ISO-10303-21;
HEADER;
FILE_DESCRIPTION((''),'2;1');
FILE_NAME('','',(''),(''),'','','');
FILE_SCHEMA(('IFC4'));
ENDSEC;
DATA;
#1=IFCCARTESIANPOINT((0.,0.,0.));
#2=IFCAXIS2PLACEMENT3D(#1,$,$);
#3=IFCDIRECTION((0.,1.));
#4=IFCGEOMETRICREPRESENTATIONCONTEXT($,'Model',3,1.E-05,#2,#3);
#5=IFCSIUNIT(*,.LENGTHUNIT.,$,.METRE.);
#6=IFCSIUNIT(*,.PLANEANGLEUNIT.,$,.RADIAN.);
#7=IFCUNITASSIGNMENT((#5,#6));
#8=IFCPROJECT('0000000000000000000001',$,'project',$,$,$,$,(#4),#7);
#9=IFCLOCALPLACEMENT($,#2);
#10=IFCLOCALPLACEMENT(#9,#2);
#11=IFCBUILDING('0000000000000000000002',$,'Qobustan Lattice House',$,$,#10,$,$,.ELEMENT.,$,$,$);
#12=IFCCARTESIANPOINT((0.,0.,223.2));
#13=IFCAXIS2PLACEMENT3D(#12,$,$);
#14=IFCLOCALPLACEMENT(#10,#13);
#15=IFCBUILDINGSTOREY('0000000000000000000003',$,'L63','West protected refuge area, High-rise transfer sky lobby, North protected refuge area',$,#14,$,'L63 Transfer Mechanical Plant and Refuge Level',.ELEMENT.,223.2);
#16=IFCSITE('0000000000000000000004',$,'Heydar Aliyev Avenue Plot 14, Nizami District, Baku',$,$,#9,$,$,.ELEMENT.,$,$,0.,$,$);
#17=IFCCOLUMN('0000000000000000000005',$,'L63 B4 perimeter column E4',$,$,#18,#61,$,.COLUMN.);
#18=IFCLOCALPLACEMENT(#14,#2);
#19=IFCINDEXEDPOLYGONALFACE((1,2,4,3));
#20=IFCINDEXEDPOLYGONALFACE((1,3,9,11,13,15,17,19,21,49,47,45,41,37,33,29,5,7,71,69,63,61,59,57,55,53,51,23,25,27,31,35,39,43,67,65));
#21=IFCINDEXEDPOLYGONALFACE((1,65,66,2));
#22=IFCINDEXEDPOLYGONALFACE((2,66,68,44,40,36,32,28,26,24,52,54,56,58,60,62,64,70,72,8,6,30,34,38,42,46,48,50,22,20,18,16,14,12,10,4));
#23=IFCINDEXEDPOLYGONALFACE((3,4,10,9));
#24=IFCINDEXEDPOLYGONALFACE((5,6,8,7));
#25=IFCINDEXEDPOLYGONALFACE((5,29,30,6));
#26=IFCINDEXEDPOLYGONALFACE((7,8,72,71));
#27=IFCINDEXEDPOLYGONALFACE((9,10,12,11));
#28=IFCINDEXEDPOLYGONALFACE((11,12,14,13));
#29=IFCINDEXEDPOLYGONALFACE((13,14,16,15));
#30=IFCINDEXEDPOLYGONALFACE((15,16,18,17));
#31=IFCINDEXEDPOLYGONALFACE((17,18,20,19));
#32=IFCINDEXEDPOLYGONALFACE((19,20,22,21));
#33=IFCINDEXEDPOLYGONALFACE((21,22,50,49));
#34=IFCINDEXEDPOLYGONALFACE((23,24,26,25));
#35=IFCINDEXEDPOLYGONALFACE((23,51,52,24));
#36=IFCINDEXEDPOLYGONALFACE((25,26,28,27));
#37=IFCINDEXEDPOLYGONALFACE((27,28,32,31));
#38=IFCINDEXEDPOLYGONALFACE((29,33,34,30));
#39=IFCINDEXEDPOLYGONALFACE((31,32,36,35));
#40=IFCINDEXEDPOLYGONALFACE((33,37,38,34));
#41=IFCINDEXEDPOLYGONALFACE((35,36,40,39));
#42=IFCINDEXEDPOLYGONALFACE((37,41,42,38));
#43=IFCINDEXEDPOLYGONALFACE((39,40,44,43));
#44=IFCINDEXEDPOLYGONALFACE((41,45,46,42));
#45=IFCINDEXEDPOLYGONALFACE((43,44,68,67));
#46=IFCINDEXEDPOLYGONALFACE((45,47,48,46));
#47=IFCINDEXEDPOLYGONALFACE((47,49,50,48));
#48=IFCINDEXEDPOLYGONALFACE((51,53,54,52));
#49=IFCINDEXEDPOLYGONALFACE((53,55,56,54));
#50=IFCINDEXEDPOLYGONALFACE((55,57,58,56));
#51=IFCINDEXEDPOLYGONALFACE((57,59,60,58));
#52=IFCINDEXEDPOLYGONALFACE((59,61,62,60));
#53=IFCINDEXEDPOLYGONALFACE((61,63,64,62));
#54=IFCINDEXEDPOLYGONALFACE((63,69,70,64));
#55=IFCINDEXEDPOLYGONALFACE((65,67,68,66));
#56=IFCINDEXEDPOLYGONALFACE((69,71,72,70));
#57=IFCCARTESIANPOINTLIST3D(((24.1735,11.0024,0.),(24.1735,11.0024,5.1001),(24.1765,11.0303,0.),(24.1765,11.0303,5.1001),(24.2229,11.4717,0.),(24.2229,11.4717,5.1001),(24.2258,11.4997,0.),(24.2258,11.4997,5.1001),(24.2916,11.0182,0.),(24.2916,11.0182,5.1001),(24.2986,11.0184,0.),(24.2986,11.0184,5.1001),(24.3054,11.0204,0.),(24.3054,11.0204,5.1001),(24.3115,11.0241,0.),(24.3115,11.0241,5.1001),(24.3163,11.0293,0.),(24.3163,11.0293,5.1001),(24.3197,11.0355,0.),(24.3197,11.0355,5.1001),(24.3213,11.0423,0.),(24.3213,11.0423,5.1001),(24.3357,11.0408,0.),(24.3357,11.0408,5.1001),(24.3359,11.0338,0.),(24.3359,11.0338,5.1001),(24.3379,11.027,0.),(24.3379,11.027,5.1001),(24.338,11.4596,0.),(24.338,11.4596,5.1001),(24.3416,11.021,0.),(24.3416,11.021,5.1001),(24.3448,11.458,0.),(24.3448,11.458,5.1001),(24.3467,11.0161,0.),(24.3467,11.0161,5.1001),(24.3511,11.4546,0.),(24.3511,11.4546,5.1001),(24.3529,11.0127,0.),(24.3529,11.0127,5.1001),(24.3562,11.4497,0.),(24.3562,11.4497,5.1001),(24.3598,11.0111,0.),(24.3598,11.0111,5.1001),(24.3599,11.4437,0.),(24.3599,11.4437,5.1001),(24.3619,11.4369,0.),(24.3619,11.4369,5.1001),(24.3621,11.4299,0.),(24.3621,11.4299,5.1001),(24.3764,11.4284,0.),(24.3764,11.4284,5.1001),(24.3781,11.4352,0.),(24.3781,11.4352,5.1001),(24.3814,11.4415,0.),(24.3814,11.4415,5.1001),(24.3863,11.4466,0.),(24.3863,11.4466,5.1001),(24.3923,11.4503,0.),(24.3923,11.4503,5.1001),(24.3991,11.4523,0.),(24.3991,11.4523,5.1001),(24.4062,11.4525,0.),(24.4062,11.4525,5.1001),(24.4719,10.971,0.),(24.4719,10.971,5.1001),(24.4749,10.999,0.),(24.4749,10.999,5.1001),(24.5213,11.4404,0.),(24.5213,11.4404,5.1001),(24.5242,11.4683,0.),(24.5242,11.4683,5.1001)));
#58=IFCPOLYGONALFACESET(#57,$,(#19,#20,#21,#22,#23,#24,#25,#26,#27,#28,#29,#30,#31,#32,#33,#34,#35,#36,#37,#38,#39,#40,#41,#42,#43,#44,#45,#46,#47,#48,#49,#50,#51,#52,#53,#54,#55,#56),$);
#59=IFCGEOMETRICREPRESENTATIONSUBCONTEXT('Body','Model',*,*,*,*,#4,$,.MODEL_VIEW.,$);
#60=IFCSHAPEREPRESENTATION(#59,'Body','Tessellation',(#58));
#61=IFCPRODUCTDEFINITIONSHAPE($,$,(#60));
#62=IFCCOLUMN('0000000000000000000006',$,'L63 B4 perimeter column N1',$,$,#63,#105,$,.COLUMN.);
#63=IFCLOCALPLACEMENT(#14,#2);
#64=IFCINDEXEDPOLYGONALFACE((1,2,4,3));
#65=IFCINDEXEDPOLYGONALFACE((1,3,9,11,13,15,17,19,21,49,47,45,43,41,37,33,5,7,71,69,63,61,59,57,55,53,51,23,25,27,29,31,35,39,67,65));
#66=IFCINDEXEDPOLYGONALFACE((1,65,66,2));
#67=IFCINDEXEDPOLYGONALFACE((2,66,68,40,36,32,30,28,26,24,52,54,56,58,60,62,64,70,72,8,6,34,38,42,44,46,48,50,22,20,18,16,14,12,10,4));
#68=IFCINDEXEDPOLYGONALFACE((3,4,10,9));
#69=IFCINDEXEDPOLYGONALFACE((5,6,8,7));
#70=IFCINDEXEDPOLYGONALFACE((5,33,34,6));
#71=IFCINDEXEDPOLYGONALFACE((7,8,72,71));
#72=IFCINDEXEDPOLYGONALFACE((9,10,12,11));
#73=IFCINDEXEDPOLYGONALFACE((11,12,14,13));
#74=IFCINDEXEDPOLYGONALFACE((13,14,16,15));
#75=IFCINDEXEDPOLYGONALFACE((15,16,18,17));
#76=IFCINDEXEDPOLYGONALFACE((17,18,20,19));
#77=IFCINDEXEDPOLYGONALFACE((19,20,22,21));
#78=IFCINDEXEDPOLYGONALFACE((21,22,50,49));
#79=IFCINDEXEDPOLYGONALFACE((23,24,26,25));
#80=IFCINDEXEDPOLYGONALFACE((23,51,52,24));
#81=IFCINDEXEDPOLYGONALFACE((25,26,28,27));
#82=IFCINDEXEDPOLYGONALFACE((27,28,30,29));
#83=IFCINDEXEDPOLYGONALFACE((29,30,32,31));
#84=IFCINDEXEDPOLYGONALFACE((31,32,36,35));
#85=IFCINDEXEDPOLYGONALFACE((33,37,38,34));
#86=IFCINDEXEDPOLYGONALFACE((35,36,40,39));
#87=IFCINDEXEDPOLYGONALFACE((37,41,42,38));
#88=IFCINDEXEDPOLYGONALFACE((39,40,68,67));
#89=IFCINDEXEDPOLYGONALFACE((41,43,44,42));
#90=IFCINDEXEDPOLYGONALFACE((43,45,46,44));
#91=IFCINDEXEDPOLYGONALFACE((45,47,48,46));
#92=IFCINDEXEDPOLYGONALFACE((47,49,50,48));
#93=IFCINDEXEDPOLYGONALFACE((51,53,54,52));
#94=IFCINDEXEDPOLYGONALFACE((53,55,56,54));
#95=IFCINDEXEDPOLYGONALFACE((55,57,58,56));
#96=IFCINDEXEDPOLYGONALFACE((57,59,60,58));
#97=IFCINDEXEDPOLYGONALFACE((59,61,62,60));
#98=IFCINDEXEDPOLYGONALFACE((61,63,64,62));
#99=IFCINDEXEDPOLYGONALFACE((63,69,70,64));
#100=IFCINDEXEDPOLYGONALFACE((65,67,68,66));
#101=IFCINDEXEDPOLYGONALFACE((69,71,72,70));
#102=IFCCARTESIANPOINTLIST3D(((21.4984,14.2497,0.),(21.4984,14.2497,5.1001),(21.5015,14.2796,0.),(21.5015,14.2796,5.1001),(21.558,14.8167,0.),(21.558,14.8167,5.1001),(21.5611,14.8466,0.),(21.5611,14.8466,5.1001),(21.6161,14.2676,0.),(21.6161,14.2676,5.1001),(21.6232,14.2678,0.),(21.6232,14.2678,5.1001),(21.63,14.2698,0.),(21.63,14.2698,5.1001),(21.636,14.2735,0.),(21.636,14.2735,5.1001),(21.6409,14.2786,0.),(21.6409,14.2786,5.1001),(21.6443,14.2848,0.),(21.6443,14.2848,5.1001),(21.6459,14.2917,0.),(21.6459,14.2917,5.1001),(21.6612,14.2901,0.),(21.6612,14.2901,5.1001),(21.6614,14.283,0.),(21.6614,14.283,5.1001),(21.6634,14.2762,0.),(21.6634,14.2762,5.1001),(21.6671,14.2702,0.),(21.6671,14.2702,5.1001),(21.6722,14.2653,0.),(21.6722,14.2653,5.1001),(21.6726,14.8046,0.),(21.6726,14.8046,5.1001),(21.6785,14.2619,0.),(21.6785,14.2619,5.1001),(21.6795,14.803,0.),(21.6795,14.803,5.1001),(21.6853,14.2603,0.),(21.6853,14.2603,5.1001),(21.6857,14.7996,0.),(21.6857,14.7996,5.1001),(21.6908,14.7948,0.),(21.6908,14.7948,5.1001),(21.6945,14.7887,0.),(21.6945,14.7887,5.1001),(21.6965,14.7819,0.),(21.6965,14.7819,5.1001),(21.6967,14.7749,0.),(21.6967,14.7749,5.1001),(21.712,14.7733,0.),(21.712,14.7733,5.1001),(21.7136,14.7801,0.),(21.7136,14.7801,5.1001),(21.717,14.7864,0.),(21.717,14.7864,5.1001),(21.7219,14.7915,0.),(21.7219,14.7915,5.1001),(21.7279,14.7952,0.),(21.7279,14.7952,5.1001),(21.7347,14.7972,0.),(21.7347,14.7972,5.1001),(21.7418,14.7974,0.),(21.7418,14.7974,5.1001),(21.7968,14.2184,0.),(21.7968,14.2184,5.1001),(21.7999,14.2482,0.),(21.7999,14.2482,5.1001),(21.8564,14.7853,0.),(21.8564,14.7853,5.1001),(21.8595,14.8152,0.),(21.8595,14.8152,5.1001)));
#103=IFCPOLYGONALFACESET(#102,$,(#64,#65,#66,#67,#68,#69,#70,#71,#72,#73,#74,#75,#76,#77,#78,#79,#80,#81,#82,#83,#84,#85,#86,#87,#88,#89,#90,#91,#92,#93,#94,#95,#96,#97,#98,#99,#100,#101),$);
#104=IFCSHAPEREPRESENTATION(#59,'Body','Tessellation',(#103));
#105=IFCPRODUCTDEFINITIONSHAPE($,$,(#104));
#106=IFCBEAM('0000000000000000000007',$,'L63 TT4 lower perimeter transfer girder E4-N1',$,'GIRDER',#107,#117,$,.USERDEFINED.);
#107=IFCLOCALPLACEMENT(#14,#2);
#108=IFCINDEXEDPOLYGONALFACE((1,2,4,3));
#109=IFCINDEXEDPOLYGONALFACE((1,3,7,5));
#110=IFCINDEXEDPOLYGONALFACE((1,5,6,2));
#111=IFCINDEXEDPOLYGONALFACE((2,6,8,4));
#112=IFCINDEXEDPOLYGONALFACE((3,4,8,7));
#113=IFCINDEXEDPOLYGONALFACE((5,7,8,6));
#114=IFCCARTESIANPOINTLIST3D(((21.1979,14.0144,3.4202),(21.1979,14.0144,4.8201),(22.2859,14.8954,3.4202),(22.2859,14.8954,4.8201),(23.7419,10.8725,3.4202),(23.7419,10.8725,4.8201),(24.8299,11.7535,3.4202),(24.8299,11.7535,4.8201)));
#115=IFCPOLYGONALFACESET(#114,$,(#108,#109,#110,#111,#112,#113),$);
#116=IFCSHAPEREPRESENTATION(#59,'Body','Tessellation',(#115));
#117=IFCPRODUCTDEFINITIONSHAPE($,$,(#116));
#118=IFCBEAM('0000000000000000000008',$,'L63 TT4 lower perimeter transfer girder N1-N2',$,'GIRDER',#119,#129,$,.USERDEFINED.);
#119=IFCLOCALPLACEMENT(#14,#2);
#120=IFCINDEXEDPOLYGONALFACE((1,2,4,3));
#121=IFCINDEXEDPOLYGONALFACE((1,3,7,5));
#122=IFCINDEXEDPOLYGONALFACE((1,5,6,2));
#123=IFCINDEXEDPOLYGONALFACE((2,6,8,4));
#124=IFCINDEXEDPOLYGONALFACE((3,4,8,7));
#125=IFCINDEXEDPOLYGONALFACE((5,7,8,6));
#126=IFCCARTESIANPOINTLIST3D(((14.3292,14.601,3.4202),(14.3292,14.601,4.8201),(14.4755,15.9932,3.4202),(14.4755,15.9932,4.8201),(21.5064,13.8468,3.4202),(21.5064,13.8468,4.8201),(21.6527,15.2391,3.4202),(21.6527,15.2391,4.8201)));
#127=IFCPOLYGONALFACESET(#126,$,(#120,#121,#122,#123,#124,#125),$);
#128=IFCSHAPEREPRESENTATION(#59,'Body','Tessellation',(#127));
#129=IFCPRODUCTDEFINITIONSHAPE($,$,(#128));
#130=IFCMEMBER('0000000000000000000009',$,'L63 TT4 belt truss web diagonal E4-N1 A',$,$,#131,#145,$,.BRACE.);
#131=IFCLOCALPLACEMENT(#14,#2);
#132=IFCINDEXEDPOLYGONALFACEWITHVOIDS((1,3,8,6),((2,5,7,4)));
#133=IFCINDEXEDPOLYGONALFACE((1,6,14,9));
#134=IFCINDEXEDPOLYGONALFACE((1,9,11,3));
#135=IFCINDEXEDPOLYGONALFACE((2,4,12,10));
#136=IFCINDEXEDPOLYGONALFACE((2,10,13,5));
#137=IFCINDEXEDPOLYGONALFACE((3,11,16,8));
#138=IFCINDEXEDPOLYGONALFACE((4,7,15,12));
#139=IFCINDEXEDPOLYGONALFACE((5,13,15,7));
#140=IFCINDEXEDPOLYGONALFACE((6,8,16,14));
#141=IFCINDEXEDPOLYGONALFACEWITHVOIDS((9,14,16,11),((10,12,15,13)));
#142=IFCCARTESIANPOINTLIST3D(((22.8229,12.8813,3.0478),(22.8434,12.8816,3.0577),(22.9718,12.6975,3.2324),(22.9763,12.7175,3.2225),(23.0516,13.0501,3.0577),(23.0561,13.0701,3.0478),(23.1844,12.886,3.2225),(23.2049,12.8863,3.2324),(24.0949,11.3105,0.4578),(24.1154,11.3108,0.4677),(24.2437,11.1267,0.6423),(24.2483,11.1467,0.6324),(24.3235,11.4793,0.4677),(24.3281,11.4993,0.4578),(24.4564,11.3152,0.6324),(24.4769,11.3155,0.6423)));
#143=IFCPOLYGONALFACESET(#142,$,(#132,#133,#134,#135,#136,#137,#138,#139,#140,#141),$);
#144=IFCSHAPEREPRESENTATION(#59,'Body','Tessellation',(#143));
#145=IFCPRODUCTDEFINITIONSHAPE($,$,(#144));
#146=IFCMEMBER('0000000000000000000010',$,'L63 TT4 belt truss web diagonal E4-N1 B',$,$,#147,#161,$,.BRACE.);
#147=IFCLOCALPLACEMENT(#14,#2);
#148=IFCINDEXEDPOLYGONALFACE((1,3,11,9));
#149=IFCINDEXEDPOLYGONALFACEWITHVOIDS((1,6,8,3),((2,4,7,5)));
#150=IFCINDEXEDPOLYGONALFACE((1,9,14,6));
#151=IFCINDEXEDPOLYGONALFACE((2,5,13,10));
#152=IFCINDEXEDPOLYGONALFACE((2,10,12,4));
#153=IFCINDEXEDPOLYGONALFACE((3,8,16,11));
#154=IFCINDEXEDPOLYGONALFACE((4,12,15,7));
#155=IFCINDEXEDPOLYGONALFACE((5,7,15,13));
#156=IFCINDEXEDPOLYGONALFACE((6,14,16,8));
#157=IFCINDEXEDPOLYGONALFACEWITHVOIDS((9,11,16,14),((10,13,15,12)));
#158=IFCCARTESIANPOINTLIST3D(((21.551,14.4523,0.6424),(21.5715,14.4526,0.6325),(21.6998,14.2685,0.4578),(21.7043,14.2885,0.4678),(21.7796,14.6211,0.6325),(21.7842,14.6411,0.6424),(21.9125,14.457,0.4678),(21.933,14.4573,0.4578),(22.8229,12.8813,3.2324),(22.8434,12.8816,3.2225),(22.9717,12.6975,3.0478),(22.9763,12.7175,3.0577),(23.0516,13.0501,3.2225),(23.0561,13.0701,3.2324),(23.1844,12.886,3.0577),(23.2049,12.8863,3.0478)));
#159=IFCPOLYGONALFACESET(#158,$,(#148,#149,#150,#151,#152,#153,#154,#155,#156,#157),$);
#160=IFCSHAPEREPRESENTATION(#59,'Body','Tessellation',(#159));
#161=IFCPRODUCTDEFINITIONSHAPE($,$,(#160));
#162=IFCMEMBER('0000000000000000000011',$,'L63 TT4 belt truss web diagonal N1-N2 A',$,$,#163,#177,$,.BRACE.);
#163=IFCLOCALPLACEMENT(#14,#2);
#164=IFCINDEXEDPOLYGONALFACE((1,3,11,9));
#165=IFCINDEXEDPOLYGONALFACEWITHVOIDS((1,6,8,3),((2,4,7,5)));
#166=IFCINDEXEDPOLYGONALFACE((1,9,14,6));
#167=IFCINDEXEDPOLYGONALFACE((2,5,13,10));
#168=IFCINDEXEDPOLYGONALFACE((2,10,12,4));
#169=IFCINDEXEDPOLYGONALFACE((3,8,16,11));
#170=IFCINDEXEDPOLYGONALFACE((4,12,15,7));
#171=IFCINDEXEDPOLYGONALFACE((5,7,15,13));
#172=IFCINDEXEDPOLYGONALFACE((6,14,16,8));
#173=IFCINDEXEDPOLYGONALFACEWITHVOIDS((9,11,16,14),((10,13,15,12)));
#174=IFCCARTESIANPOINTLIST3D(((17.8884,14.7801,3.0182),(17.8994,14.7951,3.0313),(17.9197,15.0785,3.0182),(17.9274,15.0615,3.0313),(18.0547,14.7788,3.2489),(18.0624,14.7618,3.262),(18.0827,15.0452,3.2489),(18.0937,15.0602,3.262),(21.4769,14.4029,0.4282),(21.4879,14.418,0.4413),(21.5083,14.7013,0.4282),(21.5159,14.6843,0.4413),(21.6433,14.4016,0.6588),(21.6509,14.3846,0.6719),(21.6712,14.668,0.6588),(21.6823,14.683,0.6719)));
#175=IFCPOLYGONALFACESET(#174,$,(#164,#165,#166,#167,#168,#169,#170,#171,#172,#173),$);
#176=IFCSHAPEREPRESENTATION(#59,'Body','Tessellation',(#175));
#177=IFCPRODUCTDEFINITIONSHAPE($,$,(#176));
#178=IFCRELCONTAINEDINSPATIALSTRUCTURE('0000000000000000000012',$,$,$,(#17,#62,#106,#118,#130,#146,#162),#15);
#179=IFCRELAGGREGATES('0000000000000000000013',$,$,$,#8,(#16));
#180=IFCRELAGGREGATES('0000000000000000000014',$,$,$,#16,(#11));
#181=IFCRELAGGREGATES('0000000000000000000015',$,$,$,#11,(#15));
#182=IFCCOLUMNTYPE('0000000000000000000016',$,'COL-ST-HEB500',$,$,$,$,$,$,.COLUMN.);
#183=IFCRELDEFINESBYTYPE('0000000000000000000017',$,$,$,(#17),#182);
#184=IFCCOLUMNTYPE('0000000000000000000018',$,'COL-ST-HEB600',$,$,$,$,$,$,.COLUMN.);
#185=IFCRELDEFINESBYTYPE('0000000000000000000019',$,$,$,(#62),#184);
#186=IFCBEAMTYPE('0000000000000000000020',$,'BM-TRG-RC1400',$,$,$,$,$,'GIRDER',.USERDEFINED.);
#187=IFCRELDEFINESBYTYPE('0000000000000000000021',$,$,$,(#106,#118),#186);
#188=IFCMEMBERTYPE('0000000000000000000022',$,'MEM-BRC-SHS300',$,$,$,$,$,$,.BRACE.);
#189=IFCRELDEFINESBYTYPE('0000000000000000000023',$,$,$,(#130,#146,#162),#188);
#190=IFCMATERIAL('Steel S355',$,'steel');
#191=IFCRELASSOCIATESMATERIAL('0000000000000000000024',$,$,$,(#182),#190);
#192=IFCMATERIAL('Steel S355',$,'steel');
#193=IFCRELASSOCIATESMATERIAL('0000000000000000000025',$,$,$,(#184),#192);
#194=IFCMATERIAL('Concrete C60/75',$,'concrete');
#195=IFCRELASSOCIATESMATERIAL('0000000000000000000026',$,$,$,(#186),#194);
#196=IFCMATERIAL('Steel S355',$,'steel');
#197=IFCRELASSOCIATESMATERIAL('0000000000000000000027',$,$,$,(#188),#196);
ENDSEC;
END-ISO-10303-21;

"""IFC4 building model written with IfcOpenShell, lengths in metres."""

from ifc_helpers import new_model, si_unit, direction, frame, origin, origin_2d, place, context, subcontext, project, spatial, rectangle, hollow_rectangle, i_section, extrude, material, material_profile, profile_set, type_object, element, save


model = new_model("IFC4")

# Units and contexts
model_context = context("Model", 3, precision=1e-05, world=origin(), true_north=direction((0.0, 1.0)))
body_context = subcontext(model_context, "Body", "Model", "MODEL_VIEW")
ifc_project = project(units=[si_unit("LENGTHUNIT", "METRE"), si_unit("PLANEANGLEUNIT", "RADIAN")], contexts=[model_context])

# Site, building, storey
site_placement = place(None, origin())
site = spatial("IfcSite", under=ifc_project, at=site_placement, Name="Heydar Aliyev Avenue Plot 14, Nizami District, Baku", CompositionType="ELEMENT", RefElevation=0.0)
building_placement = place(site_placement, origin())
building = spatial("IfcBuilding", under=site, at=building_placement, Name="Qobustan Lattice House", CompositionType="ELEMENT")
storey_placement = place(building_placement, frame((0.0, 0.0, 223.2)))
storey = spatial("IfcBuildingStorey", under=building, at=storey_placement, Name="L63", Description="West protected refuge area, High-rise transfer sky lobby, North protected refuge area", LongName="L63 Transfer Mechanical Plant and Refuge Level", CompositionType="ELEMENT", Elevation=223.2)

# Columns
ifc_material_1 = material(Name="Steel S355", Category="steel")
ifc_material_profile_1 = material_profile(ifc_material_1, i_section(OverallWidth=0.3, OverallDepth=0.5, WebThickness=0.0144, FlangeThickness=0.0281, FilletRadius=0.0271, at=origin_2d()), Name="HEB500")
ifc_profile_set_1 = profile_set([ifc_material_profile_1], Name="Steel S355")
column_type_1 = type_object("IfcColumnType", Name="COL-ST-HEB500", PredefinedType="COLUMN", material=ifc_profile_set_1)
column_1_placement = place(storey_placement, frame((24.3489, 11.2354, 0.0), z_axis=(0.0, 0.0, 1.0), x_axis=(0.994522, -0.104528, 0.0)))
element("IfcColumn", 1, at=column_1_placement, inside=storey, type_object=column_type_1, Name="L63 B4 perimeter column E4", PredefinedType="COLUMN", context=body_context, shape_type="SweptSolid", body=[
    extrude(i_section(OverallWidth=0.3, OverallDepth=0.5, WebThickness=0.0144, FlangeThickness=0.0281, FilletRadius=0.0271, at=origin_2d()), origin(), (0.0, 0.0, 1.0), 5.1001),
])
ifc_material_2 = material(Name="Steel S355", Category="steel")
ifc_material_profile_2 = material_profile(ifc_material_2, i_section(OverallWidth=0.3, OverallDepth=0.6001, WebThickness=0.0154, FlangeThickness=0.03, FilletRadius=0.0271, at=origin_2d()), Name="HEB600")
ifc_profile_set_2 = profile_set([ifc_material_profile_2], Name="Steel S355")
column_type_2 = type_object("IfcColumnType", Name="COL-ST-HEB600", PredefinedType="COLUMN", material=ifc_profile_set_2)
column_2_placement = place(storey_placement, frame((21.679, 14.5325, 0.0), z_axis=(0.0, 0.0, 1.0), x_axis=(0.994522, -0.104528, 0.0)))
element("IfcColumn", 2, at=column_2_placement, inside=storey, type_object=column_type_2, Name="L63 B4 perimeter column N1", PredefinedType="COLUMN", context=body_context, shape_type="SweptSolid", body=[
    extrude(i_section(OverallWidth=0.3, OverallDepth=0.6001, WebThickness=0.0154, FlangeThickness=0.03, FilletRadius=0.0271, at=origin_2d()), origin(), (0.0, 0.0, 1.0), 5.1001),
])

# Beams
ifc_material_3 = material(Name="Concrete C60/75", Category="concrete")
ifc_material_profile_3 = material_profile(ifc_material_3, rectangle(XDim=1.3999, YDim=1.3999, at=origin_2d()), Name="RC1400x1400")
ifc_profile_set_3 = profile_set([ifc_material_profile_3], Name="Concrete C60/75")
beam_type = type_object("IfcBeamType", Name="BM-TRG-RC1400", ElementType="GIRDER", PredefinedType="USERDEFINED", material=ifc_profile_set_3)
beam_1_placement = place(storey_placement, frame((24.2859, 11.313, 4.1201), z_axis=(-0.62928, 0.777179, 0.0), x_axis=(-0.777179, -0.62928, 0.0)))
element("IfcBeam", 3, at=beam_1_placement, inside=storey, type_object=beam_type, Name="L63 TT4 lower perimeter transfer girder E4-N1", ObjectType="GIRDER", PredefinedType="USERDEFINED", context=body_context, shape_type="SweptSolid", body=[
    extrude(rectangle(XDim=1.3999, YDim=1.3999, at=origin_2d()), origin(), (0.0, 0.0, 1.0), 4.0427),
])
beam_2_placement = place(storey_placement, frame((21.5796, 14.543, 4.1201), z_axis=(-0.994525, 0.1045, 0.0), x_axis=(-0.1045, -0.994525, 0.0)))
element("IfcBeam", 4, at=beam_2_placement, inside=storey, type_object=beam_type, Name="L63 TT4 lower perimeter transfer girder N1-N2", ObjectType="GIRDER", PredefinedType="USERDEFINED", context=body_context, shape_type="SweptSolid", body=[
    extrude(rectangle(XDim=1.3999, YDim=1.3999, at=origin_2d()), origin(), (0.0, 0.0, 1.0), 7.2168),
])

# Members
ifc_material_4 = material(Name="Steel S355", Category="steel")
ifc_material_profile_4 = material_profile(ifc_material_4, hollow_rectangle(XDim=0.3, YDim=0.3, WallThickness=0.0161, at=origin_2d()), Name="SHS300x300x16")
ifc_profile_set_4 = profile_set([ifc_material_profile_4], Name="Steel S355")
member_type_1 = type_object("IfcMemberType", Name="MEM-BRC-SHS300", PredefinedType="BRACE", material=ifc_profile_set_4)
for number, where, z_axis, x_axis, name in (
    (5, (24.2859, 11.313, 0.55), (-0.387159, 0.478115, 0.788362), (-0.777155, -0.629309, 0.0), "L63 TT4 belt truss web diagonal E4-N1 A"),
    (6, (23.0139, 12.8838, 3.1401), (-0.387145, 0.478172, -0.788334), (-0.777203, -0.62925, 0.0), "L63 TT4 belt truss web diagonal E4-N1 B"),
):
    element("IfcMember", number, at=place(storey_placement, frame(where, z_axis=z_axis, x_axis=x_axis)), inside=storey, type_object=member_type_1, Name=name, PredefinedType="BRACE", context=body_context, shape_type="SweptSolid", body=[
        extrude(hollow_rectangle(XDim=0.3, YDim=0.3, WallThickness=0.0161, at=origin_2d()), origin(), (0.0, 0.0, 1.0), 3.2854),
    ])
member_1_placement = place(storey_placement, frame((21.5796, 14.543, 0.55), z_axis=(-0.807932, 0.084921, 0.583125), x_axis=(-0.104533, -0.994521, 0.0)))
element("IfcMember", 7, at=member_1_placement, inside=storey, type_object=member_type_1, Name="L63 TT4 belt truss web diagonal N1-N2 A", PredefinedType="BRACE", context=body_context, shape_type="SweptSolid", body=[
    extrude(hollow_rectangle(XDim=0.3, YDim=0.3, WallThickness=0.0161, at=origin_2d()), origin(), (0.0, 0.0, 1.0), 4.4417),
])

save(model, "model.ifc")
